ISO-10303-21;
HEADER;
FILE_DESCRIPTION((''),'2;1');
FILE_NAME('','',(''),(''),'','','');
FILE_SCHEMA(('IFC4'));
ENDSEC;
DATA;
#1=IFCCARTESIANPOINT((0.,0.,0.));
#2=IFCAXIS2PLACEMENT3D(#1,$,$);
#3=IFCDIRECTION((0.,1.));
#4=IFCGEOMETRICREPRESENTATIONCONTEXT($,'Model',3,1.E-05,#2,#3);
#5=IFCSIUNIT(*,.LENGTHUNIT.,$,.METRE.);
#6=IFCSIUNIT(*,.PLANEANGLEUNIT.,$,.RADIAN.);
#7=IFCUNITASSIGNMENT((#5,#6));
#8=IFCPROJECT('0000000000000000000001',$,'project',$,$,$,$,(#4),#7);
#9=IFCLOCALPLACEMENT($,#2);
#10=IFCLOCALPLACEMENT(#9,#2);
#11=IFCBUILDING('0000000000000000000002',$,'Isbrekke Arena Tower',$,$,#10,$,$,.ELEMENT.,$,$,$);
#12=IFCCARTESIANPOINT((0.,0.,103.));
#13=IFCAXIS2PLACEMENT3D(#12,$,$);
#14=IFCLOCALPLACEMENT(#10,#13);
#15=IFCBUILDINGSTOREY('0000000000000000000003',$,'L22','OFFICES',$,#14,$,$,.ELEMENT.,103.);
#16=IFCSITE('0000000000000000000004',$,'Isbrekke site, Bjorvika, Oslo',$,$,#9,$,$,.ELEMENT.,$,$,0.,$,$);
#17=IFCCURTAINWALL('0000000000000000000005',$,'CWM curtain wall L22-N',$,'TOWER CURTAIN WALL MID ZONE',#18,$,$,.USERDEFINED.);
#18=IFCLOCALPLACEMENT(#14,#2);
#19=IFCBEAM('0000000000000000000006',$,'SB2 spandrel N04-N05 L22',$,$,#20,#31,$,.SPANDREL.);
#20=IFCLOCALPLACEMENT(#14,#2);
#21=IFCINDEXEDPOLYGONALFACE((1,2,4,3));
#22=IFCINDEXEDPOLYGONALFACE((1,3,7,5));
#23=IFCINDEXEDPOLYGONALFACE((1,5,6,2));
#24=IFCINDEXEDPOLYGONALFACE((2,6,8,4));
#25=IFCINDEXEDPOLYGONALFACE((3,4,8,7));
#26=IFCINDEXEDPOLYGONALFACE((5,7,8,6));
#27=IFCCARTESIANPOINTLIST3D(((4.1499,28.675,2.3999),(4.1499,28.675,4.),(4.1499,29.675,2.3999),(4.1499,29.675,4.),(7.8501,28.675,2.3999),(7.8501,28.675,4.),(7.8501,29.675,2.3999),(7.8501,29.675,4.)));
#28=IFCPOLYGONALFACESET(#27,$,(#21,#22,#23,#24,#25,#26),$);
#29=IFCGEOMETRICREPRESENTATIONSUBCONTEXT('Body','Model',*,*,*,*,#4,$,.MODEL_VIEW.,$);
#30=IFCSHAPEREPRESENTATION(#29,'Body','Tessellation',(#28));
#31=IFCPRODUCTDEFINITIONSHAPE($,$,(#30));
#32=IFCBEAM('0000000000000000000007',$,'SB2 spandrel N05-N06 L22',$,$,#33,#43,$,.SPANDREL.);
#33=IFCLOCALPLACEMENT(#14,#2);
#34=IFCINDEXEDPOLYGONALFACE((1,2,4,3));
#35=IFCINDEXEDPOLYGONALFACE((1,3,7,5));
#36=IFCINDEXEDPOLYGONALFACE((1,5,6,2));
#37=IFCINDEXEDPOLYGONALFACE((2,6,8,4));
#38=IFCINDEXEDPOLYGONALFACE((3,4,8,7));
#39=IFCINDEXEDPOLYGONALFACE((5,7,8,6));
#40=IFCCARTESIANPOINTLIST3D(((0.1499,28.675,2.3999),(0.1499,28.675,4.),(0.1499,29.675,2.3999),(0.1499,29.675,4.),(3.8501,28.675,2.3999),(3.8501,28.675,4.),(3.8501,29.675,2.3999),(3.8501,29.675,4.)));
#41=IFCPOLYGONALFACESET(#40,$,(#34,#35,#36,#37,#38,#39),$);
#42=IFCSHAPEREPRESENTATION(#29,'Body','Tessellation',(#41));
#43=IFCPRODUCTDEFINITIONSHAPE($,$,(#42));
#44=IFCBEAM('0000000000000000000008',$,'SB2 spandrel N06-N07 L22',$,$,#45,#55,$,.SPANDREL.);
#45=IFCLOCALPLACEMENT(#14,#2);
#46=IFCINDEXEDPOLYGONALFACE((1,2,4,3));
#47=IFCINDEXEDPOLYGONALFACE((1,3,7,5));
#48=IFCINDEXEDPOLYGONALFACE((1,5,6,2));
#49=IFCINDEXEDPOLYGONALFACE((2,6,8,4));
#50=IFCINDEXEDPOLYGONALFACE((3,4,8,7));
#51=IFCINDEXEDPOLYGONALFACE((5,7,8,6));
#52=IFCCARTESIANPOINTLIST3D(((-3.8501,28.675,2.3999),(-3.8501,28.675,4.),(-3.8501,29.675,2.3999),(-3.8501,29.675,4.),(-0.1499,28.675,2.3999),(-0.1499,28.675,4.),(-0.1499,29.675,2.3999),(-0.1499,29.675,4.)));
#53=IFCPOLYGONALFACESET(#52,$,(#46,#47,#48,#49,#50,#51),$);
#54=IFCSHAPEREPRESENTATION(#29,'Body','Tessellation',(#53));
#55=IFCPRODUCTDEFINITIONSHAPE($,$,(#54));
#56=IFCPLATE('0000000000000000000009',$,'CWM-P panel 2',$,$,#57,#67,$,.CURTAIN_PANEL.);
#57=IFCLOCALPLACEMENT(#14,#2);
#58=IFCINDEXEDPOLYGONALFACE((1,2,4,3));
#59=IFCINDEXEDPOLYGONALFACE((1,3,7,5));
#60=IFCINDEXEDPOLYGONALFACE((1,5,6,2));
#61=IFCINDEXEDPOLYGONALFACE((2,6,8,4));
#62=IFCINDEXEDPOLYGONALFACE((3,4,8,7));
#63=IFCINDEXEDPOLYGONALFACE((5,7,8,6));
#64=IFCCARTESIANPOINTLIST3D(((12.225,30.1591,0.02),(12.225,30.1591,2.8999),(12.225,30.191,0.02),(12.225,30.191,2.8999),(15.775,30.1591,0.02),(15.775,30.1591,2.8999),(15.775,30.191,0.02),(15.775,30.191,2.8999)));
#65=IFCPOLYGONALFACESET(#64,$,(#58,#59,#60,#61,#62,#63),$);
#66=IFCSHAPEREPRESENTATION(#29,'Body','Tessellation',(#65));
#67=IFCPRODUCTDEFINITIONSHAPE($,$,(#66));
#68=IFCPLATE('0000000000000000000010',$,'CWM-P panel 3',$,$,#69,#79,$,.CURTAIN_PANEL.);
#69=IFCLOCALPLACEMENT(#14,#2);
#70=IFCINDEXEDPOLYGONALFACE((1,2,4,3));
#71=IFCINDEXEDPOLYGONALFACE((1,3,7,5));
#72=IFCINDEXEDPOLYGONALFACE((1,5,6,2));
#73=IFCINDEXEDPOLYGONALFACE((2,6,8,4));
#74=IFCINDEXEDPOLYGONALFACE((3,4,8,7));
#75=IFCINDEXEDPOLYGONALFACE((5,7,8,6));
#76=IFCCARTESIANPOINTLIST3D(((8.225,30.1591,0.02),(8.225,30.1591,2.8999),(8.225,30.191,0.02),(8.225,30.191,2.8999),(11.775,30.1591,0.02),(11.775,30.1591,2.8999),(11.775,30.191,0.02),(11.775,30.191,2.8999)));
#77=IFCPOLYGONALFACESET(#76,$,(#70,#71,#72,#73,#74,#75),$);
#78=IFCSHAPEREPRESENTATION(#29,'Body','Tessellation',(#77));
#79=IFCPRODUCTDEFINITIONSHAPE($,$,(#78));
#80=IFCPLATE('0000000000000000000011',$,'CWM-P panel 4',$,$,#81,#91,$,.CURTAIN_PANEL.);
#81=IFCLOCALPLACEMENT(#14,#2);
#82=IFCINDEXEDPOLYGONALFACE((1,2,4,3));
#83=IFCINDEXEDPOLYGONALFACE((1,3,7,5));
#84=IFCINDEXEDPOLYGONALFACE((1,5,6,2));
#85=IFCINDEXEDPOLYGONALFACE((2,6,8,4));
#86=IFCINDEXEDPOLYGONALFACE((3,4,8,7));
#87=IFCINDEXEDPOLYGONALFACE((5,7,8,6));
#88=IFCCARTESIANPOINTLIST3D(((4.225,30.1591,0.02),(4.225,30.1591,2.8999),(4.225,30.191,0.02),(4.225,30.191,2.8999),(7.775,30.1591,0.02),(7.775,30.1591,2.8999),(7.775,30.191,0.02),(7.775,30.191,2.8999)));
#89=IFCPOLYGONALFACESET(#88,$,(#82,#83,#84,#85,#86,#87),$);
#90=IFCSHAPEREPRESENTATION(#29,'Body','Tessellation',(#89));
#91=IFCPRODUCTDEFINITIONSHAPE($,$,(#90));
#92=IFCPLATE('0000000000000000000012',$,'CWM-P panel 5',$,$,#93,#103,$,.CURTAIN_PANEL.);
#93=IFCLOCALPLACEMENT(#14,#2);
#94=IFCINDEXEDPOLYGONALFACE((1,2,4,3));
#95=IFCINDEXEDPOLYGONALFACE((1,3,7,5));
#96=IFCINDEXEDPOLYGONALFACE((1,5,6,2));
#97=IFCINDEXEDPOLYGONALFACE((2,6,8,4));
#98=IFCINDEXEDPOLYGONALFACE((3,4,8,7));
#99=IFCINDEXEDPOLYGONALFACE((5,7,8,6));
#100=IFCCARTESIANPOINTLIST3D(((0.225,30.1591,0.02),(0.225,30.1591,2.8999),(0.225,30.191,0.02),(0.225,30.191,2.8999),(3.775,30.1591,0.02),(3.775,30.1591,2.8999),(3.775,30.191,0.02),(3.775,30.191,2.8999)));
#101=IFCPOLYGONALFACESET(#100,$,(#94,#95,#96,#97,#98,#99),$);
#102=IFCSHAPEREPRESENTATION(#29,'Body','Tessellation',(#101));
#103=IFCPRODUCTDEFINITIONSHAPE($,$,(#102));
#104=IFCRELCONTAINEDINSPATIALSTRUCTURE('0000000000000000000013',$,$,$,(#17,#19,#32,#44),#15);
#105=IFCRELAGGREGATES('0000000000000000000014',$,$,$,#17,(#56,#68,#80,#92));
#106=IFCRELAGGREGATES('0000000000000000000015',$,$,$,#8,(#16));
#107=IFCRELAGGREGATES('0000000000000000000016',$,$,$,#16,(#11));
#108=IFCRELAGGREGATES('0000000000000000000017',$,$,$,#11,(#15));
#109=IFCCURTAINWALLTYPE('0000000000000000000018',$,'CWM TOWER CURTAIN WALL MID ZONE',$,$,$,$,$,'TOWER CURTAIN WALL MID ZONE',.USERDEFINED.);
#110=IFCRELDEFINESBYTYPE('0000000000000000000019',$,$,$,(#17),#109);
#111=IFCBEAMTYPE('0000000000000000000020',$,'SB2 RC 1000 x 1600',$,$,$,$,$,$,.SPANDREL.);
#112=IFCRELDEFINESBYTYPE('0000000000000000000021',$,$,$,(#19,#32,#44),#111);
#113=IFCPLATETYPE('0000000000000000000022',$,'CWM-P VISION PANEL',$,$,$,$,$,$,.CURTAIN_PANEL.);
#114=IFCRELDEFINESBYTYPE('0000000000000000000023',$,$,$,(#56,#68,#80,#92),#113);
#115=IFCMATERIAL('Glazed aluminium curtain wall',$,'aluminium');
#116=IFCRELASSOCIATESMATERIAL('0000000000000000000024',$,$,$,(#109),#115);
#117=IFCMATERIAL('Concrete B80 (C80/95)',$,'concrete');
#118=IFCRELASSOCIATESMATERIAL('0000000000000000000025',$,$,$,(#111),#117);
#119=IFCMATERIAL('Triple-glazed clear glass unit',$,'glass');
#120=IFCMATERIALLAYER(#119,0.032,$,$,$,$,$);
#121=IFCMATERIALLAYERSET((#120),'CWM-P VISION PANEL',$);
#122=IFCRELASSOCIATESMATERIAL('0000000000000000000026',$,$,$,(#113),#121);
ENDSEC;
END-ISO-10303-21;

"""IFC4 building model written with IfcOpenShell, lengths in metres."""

from ifc_helpers import new_model, si_unit, direction, frame, origin, origin_2d, place, context, subcontext, project, spatial, rectangle, extrude, material, layer, layer_set, material_profile, profile_set, type_object, element, aggregate, save


model = new_model("IFC4")

# Units and contexts
model_context = context("Model", 3, precision=1e-05, world=origin(), true_north=direction((0.0, 1.0)))
body_context = subcontext(model_context, "Body", "Model", "MODEL_VIEW")
ifc_project = project(units=[si_unit("LENGTHUNIT", "METRE"), si_unit("PLANEANGLEUNIT", "RADIAN")], contexts=[model_context])

# Site, building, storey
site_placement = place(None, origin())
site = spatial("IfcSite", under=ifc_project, at=site_placement, Name="Isbrekke site, Bjorvika, Oslo", CompositionType="ELEMENT", RefElevation=0.0)
building_placement = place(site_placement, origin())
building = spatial("IfcBuilding", under=site, at=building_placement, Name="Isbrekke Arena Tower", CompositionType="ELEMENT")
storey_placement = place(building_placement, frame((0.0, 0.0, 103.0)))
storey = spatial("IfcBuildingStorey", under=building, at=storey_placement, Name="L22", Description="OFFICES", CompositionType="ELEMENT", Elevation=103.0)

# Curtain wall
ifc_material_1 = material(Name="Glazed aluminium curtain wall", Category="aluminium")
curtain_wall_type = type_object("IfcCurtainWallType", Name="CWM TOWER CURTAIN WALL MID ZONE", ElementType="TOWER CURTAIN WALL MID ZONE", PredefinedType="USERDEFINED", material=ifc_material_1)
curtain_wall_placement = place(storey_placement, origin())
curtain_wall = element("IfcCurtainWall", 1, at=curtain_wall_placement, inside=storey, type_object=curtain_wall_type, Name="CWM curtain wall L22-N", ObjectType="TOWER CURTAIN WALL MID ZONE", PredefinedType="USERDEFINED")

# Beams
ifc_material_2 = material(Name="Concrete B80 (C80/95)", Category="concrete")
ifc_material_profile_1 = material_profile(ifc_material_2, rectangle(XDim=1.0, YDim=1.6001, at=origin_2d()), Name="RC 1000x1600")
ifc_profile_set_1 = profile_set([ifc_material_profile_1], Name="Concrete B80 (C80/95)")
beam_type_1 = type_object("IfcBeamType", Name="SB2 RC 1000 x 1600", PredefinedType="SPANDREL", material=ifc_profile_set_1)
for number, where, z_axis, x_axis, name in (
    (2, (7.8501, 29.175, 3.2), (-1.0, 0.0, 0.0), (0.0, -1.0, 0.0), "SB2 spandrel N04-N05 L22"),
    (3, (3.8501, 29.175, 3.2), (-1.0, 0.0, 0.0), (0.0, -1.0, 0.0), "SB2 spandrel N05-N06 L22"),
    (4, (-0.1499, 29.175, 3.2), (-1.0, 0.0, 0.0), (0.0, -1.0, 0.0), "SB2 spandrel N06-N07 L22"),
):
    element("IfcBeam", number, at=place(storey_placement, frame(where, z_axis=z_axis, x_axis=x_axis)), inside=storey, type_object=beam_type_1, Name=name, PredefinedType="SPANDREL", context=body_context, shape_type="SweptSolid", body=[
        extrude(rectangle(XDim=1.0, YDim=1.6001, at=origin_2d()), origin(), (0.0, 0.0, 1.0), 3.7002),
    ])

# Plates
ifc_material_3 = material(Name="Triple-glazed clear glass unit", Category="glass")
ifc_layer = layer(ifc_material_3, 0.032)
ifc_layer_set = layer_set([ifc_layer], Name="CWM-P VISION PANEL")
plate_type = type_object("IfcPlateType", Name="CWM-P VISION PANEL", PredefinedType="CURTAIN_PANEL", material=ifc_layer_set)
plate_1_placement = place(storey_placement, frame((14.0, 30.175, 0.02), z_axis=(0.0, 0.0, 1.0), x_axis=(-1.0, 0.0, 0.0)))
plate_1 = element("IfcPlate", 5, at=plate_1_placement, type_object=plate_type, Name="CWM-P panel 2", PredefinedType="CURTAIN_PANEL", context=body_context, shape_type="SweptSolid", body=[
    extrude(rectangle(XDim=3.55, YDim=0.032, at=origin_2d()), origin(), (0.0, 0.0, 1.0), 2.8799),
])
plate_2_placement = place(storey_placement, frame((10.0, 30.175, 0.02), z_axis=(0.0, 0.0, 1.0), x_axis=(-1.0, 0.0, 0.0)))
plate_2 = element("IfcPlate", 6, at=plate_2_placement, type_object=plate_type, Name="CWM-P panel 3", PredefinedType="CURTAIN_PANEL", context=body_context, shape_type="SweptSolid", body=[
    extrude(rectangle(XDim=3.55, YDim=0.032, at=origin_2d()), origin(), (0.0, 0.0, 1.0), 2.8799),
])
plate_3_placement = place(storey_placement, frame((6.0, 30.175, 0.02), z_axis=(0.0, 0.0, 1.0), x_axis=(-1.0, 0.0, 0.0)))
plate_3 = element("IfcPlate", 7, at=plate_3_placement, type_object=plate_type, Name="CWM-P panel 4", PredefinedType="CURTAIN_PANEL", context=body_context, shape_type="SweptSolid", body=[
    extrude(rectangle(XDim=3.55, YDim=0.032, at=origin_2d()), origin(), (0.0, 0.0, 1.0), 2.8799),
])
plate_4_placement = place(storey_placement, frame((2.0, 30.175, 0.02), z_axis=(0.0, 0.0, 1.0), x_axis=(-1.0, 0.0, 0.0)))
plate_4 = element("IfcPlate", 8, at=plate_4_placement, type_object=plate_type, Name="CWM-P panel 5", PredefinedType="CURTAIN_PANEL", context=body_context, shape_type="SweptSolid", body=[
    extrude(rectangle(XDim=3.55, YDim=0.032, at=origin_2d()), origin(), (0.0, 0.0, 1.0), 2.8799),
])
aggregate(curtain_wall, [plate_1, plate_2, plate_3, plate_4])

save(model, "model.ifc")
